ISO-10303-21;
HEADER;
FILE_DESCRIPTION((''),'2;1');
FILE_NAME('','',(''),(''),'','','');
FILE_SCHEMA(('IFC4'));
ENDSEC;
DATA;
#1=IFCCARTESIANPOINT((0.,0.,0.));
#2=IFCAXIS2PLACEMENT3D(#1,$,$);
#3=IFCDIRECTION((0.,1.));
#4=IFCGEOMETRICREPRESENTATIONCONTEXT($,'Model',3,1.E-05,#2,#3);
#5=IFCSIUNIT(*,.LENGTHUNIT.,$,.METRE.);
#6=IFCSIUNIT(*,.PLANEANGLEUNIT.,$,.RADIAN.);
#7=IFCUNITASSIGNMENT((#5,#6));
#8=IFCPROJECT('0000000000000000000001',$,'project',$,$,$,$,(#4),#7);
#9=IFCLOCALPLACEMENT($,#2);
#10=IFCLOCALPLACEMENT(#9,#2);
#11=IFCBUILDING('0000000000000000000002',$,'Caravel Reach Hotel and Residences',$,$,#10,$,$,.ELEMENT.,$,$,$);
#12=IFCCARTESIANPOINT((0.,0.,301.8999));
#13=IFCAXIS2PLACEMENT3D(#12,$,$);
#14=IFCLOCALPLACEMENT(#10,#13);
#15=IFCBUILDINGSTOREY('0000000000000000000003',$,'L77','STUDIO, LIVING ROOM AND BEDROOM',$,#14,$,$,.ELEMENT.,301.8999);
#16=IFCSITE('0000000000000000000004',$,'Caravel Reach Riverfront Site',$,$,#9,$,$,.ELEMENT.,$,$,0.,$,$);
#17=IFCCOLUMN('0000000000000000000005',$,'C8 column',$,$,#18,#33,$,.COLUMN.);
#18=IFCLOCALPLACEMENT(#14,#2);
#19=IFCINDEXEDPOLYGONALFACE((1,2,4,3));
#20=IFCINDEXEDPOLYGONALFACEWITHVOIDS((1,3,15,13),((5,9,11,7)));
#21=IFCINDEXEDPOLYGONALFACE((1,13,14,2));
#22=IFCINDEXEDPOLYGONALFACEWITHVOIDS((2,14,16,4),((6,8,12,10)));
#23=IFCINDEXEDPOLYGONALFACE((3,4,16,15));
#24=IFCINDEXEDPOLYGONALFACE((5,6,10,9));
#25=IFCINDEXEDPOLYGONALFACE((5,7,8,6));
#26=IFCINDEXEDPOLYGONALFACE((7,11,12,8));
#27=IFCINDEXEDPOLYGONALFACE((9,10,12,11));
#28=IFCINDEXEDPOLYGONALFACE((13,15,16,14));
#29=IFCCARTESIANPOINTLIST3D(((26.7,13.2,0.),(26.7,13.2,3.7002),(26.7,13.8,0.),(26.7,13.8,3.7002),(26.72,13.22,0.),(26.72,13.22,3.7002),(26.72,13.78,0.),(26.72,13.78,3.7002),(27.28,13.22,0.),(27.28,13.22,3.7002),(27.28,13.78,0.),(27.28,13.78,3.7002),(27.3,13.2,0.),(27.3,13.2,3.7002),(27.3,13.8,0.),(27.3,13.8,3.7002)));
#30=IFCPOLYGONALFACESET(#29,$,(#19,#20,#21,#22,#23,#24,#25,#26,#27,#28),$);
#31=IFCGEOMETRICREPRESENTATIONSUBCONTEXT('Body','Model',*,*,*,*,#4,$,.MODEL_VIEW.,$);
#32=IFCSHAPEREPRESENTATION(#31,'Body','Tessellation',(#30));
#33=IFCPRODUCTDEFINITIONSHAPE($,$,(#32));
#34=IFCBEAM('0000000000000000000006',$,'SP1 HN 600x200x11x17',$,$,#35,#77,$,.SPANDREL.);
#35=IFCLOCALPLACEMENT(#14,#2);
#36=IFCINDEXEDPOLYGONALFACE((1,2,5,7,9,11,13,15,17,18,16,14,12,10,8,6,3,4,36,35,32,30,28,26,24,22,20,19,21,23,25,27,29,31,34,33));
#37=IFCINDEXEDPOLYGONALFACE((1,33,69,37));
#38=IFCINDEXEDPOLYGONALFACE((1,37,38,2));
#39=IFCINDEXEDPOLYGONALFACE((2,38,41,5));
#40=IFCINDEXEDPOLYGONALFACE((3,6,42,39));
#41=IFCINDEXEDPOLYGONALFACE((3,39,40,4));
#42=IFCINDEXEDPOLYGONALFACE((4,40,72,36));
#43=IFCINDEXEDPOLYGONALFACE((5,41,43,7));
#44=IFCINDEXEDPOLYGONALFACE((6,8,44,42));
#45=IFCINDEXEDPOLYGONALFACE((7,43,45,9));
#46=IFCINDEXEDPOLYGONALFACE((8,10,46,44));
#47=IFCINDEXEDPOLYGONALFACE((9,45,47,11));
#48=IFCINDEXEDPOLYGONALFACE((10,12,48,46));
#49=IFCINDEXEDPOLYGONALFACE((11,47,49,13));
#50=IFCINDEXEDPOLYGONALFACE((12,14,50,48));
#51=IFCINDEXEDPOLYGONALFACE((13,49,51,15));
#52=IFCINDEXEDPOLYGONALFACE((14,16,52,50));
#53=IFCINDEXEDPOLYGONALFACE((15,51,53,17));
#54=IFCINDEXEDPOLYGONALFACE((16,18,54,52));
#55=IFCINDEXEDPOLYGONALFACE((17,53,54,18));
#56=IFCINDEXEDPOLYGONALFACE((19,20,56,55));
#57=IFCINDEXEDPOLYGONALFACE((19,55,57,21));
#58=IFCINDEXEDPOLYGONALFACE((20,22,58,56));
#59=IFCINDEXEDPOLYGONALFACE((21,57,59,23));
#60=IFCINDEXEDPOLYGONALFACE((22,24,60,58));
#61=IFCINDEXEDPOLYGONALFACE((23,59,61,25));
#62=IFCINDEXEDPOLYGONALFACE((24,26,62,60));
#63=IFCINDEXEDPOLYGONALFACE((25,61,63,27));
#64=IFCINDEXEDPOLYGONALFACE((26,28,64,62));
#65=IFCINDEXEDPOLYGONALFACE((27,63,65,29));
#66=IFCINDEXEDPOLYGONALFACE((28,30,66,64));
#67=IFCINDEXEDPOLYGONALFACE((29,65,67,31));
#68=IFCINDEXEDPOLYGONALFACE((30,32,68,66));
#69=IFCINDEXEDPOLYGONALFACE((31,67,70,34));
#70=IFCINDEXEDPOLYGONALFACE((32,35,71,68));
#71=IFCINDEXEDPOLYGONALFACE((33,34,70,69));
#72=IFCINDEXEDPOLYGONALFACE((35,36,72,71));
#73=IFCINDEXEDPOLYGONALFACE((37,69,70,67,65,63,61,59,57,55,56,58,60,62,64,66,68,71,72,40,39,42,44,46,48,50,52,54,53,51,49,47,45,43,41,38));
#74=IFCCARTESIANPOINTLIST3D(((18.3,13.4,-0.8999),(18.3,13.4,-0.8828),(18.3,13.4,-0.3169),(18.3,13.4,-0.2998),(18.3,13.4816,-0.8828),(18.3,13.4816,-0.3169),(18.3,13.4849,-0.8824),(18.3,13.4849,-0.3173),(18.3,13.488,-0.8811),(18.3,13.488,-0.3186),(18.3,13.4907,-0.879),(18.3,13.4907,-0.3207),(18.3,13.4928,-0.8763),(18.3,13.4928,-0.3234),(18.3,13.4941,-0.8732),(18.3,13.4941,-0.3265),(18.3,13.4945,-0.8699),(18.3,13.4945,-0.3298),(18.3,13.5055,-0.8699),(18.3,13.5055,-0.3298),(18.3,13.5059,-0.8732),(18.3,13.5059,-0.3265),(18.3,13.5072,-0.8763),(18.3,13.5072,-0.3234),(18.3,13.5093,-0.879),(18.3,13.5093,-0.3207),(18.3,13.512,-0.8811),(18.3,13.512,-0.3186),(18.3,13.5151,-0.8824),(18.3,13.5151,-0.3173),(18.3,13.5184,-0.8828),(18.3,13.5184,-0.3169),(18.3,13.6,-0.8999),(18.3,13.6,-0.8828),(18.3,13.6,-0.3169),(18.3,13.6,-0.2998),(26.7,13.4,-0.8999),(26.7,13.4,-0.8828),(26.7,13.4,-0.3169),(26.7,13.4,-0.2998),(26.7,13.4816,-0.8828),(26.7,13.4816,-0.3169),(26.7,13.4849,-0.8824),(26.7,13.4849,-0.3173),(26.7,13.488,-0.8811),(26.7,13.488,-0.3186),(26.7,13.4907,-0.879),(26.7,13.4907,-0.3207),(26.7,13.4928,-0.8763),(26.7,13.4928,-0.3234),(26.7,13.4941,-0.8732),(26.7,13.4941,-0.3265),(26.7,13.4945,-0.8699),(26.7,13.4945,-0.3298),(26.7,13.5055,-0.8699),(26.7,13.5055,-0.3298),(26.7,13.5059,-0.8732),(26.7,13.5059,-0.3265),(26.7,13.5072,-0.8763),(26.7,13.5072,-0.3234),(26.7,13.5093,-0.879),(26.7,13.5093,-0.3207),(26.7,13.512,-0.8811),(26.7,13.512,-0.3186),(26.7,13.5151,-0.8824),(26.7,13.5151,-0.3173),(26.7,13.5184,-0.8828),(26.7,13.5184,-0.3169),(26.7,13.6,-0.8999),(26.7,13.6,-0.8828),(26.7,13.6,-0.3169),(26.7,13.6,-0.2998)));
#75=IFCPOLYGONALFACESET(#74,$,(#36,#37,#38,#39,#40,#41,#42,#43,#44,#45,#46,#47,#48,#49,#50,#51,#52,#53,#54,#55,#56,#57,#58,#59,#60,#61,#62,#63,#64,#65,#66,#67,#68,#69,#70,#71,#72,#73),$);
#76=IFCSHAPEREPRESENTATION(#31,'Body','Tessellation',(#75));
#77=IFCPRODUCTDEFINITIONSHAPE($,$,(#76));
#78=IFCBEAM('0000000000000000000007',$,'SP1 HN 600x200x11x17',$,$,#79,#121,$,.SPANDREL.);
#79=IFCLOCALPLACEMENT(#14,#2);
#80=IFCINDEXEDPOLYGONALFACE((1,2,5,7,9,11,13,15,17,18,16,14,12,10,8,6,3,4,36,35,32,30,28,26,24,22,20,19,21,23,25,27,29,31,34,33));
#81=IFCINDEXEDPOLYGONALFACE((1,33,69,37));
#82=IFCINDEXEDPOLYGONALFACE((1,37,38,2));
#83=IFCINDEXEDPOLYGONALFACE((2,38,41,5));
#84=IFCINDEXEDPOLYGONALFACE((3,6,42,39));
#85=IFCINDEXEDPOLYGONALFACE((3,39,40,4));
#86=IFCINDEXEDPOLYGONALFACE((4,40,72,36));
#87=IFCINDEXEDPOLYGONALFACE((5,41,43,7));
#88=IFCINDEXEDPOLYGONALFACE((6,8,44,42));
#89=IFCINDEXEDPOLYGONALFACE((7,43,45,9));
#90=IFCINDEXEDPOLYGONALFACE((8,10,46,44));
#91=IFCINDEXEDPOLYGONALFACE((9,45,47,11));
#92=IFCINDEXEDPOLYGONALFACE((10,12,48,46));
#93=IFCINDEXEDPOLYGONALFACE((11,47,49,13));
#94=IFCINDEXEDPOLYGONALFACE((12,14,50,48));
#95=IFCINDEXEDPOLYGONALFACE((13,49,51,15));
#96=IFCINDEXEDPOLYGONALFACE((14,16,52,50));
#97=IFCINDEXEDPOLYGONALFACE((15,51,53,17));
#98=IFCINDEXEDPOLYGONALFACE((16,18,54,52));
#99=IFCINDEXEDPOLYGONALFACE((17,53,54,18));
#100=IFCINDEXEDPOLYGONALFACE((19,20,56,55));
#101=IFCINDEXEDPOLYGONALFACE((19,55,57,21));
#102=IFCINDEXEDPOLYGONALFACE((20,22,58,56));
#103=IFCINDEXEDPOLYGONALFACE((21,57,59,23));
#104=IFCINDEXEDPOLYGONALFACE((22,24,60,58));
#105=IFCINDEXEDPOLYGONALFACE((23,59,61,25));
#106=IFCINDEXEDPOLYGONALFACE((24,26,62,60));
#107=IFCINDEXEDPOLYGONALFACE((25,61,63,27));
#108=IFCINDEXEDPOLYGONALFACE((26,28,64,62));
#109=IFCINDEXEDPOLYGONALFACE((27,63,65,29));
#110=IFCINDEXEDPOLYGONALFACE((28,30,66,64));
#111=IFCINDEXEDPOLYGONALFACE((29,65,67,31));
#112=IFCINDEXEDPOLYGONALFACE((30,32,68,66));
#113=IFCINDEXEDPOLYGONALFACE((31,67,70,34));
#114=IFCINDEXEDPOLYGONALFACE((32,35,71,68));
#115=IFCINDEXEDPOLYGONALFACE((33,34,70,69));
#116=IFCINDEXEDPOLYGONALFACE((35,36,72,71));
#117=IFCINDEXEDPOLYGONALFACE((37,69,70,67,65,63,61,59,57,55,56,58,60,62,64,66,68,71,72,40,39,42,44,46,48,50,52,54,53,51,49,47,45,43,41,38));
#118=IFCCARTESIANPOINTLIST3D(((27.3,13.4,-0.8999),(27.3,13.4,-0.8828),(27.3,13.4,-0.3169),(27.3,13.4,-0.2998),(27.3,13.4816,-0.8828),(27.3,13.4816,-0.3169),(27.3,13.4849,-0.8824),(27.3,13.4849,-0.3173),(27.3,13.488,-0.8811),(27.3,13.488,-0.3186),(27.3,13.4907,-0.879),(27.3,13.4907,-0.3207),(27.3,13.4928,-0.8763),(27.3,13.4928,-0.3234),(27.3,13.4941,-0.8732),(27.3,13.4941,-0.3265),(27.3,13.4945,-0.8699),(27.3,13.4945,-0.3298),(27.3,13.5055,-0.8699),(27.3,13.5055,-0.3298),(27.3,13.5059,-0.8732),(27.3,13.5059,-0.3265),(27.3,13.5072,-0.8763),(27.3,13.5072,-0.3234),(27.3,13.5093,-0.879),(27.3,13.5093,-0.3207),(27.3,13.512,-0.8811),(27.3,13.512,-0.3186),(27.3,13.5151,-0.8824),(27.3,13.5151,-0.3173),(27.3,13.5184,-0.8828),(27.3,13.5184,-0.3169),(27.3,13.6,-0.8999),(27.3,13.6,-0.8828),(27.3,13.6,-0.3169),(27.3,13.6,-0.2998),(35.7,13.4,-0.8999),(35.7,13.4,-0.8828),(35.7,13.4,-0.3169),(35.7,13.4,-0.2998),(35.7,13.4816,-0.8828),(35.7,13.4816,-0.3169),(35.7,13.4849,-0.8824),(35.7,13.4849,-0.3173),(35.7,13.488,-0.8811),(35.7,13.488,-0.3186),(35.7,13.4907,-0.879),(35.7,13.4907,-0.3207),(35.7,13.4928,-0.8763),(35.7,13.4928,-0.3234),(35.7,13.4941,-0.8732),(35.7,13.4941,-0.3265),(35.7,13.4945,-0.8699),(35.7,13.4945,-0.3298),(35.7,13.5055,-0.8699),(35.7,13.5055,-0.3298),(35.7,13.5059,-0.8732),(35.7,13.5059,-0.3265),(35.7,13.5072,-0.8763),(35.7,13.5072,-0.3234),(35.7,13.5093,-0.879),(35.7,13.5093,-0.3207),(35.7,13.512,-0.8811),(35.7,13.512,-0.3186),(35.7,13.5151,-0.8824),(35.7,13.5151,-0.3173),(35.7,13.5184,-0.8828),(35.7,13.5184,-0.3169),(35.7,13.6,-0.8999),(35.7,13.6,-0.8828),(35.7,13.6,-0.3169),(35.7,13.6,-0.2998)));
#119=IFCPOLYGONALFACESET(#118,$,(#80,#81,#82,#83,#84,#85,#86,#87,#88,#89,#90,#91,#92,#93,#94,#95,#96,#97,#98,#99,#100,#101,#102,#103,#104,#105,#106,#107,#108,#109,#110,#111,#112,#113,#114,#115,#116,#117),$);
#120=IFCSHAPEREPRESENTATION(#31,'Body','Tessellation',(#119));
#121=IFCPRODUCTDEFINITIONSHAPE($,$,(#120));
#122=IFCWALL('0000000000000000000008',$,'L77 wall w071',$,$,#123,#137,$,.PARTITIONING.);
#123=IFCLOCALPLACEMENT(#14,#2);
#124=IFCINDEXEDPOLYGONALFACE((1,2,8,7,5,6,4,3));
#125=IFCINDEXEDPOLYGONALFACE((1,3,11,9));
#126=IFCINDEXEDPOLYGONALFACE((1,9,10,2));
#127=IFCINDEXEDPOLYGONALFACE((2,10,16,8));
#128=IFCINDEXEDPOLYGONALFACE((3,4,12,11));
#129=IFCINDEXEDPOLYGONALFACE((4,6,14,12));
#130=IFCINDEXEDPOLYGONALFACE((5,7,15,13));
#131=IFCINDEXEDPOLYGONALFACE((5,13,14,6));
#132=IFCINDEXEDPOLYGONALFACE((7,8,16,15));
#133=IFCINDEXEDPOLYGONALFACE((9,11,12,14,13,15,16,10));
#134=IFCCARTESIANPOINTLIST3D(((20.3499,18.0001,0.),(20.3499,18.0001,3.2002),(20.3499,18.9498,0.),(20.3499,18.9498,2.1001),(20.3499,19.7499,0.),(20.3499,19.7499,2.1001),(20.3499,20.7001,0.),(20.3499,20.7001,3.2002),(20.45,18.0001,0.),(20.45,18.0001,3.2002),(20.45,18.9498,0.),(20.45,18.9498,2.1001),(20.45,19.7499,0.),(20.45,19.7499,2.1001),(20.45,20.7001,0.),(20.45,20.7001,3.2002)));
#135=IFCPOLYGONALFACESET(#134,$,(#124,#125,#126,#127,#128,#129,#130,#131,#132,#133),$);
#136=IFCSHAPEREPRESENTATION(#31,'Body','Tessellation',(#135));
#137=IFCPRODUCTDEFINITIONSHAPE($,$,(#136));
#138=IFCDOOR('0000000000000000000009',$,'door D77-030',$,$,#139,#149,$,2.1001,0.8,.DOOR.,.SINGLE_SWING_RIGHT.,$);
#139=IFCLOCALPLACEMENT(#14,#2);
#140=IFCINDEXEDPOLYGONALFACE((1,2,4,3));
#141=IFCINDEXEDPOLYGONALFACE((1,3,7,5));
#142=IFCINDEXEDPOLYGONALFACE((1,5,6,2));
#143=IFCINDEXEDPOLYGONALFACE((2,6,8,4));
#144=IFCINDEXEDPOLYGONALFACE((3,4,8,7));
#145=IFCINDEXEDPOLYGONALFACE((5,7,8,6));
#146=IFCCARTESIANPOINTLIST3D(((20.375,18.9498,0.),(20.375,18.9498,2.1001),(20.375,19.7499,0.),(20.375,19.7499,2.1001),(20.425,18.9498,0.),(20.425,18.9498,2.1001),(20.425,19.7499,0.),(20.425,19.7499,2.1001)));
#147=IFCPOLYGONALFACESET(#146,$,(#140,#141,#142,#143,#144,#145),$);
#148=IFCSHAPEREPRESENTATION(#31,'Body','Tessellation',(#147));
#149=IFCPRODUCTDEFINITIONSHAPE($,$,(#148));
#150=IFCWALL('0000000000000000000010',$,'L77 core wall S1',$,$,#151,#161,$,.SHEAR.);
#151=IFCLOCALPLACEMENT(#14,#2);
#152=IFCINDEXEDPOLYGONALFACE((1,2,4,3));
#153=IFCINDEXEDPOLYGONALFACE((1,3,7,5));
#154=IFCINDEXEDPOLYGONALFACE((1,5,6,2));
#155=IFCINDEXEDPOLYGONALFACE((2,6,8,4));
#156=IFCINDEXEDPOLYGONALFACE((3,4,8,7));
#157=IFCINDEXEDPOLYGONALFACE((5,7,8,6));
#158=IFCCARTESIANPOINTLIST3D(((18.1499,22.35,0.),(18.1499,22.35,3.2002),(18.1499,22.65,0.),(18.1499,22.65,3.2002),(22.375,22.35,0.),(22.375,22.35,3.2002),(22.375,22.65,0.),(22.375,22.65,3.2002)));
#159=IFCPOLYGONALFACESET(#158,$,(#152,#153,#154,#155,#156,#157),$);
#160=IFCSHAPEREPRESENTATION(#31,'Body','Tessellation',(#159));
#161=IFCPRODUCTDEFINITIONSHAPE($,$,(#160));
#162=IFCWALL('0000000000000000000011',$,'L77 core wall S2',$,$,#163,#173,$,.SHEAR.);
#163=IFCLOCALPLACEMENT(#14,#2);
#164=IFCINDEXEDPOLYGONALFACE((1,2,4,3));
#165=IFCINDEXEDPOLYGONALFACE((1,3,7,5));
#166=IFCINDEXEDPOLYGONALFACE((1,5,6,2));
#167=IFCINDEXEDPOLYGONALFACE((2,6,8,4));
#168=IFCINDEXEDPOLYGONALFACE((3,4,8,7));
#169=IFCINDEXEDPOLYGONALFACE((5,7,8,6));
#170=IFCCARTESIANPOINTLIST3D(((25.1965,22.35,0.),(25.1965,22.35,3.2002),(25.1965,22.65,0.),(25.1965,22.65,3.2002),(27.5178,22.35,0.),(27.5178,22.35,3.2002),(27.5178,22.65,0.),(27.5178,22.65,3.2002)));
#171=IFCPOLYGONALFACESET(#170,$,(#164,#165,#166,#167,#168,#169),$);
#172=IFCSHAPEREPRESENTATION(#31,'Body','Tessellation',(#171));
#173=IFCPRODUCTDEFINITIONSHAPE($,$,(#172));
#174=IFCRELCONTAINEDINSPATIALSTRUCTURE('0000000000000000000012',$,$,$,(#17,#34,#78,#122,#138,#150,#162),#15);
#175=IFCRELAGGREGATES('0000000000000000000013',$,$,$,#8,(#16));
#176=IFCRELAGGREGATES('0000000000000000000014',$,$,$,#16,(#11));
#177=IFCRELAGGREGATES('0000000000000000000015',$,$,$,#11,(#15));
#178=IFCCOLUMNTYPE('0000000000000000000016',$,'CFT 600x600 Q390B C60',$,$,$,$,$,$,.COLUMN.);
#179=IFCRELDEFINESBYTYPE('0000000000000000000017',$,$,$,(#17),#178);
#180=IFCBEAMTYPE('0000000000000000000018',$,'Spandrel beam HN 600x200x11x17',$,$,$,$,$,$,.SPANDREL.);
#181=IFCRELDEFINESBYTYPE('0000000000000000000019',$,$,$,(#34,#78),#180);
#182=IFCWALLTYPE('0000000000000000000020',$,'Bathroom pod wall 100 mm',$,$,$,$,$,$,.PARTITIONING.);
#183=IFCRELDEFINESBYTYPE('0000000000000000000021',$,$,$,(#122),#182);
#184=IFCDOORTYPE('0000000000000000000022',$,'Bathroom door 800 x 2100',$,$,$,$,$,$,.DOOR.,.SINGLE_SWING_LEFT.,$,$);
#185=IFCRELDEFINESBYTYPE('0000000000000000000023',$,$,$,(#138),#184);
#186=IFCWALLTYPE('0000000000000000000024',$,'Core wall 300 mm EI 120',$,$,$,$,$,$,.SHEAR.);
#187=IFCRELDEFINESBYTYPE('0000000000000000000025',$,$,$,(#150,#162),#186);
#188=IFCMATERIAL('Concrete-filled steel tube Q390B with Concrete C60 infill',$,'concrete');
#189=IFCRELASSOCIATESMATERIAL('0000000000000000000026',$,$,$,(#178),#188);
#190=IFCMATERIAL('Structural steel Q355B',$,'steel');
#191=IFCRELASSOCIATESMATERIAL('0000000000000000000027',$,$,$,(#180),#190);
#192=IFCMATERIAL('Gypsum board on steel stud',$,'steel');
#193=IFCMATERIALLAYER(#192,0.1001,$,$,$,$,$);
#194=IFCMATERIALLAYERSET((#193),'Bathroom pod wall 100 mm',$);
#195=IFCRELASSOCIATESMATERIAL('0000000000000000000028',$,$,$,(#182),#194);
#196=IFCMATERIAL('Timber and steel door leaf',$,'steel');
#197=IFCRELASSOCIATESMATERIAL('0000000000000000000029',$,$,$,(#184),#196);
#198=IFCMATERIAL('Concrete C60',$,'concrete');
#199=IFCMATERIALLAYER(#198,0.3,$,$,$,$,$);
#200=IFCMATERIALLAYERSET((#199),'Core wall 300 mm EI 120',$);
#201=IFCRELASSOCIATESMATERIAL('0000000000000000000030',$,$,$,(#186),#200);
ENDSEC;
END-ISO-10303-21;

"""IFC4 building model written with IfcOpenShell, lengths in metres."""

from ifc_helpers import new_model, si_unit, direction, frame, frame_2d, origin, origin_2d, place, context, subcontext, project, spatial, rectangle, hollow_rectangle, i_section, extrude, material, layer, layer_set, material_profile, profile_set, type_object, element, fill, save


model = new_model("IFC4")

# Units and contexts
model_context = context("Model", 3, precision=1e-05, world=origin(), true_north=direction((0.0, 1.0)))
body_context = subcontext(model_context, "Body", "Model", "MODEL_VIEW")
ifc_project = project(units=[si_unit("LENGTHUNIT", "METRE"), si_unit("PLANEANGLEUNIT", "RADIAN")], contexts=[model_context])

# Site, building, storey
site_placement = place(None, origin())
site = spatial("IfcSite", under=ifc_project, at=site_placement, Name="Caravel Reach Riverfront Site", CompositionType="ELEMENT", RefElevation=0.0)
building_placement = place(site_placement, origin())
building = spatial("IfcBuilding", under=site, at=building_placement, Name="Caravel Reach Hotel and Residences", CompositionType="ELEMENT")
storey_placement = place(building_placement, frame((0.0, 0.0, 301.8999)))
storey = spatial("IfcBuildingStorey", under=building, at=storey_placement, Name="L77", Description="STUDIO, LIVING ROOM AND BEDROOM", CompositionType="ELEMENT", Elevation=301.8999)

# Column
ifc_material_1 = material(Name="Concrete-filled steel tube Q390B with Concrete C60 infill", Category="concrete")
ifc_material_profile_1 = material_profile(ifc_material_1, hollow_rectangle(XDim=0.6001, YDim=0.6001, WallThickness=0.02, at=origin_2d()), Name="RHS 600x600x20")
ifc_profile_set_1 = profile_set([ifc_material_profile_1], Name="Concrete-filled steel tube Q390B with Concrete C60 infill")
column_type = type_object("IfcColumnType", Name="CFT 600x600 Q390B C60", PredefinedType="COLUMN", material=ifc_profile_set_1)
column_placement = place(storey_placement, frame((27.0, 13.5, 0.0), z_axis=(0.0, 0.0, 1.0), x_axis=(1.0, 0.0, 0.0)))
element("IfcColumn", 1, at=column_placement, inside=storey, type_object=column_type, Name="C8 column", PredefinedType="COLUMN", context=body_context, shape_type="SweptSolid", body=[
    extrude(hollow_rectangle(XDim=0.6001, YDim=0.6001, WallThickness=0.02, at=origin_2d()), origin(), (0.0, 0.0, 1.0), 3.7002),
])

# Beams
ifc_material_2 = material(Name="Structural steel Q355B", Category="steel")
ifc_material_profile_2 = material_profile(ifc_material_2, i_section(OverallWidth=0.2, OverallDepth=0.6001, WebThickness=0.011, FlangeThickness=0.0171, FilletRadius=0.0129, at=origin_2d()), Name="HN 600x200x11x17")
ifc_profile_set_2 = profile_set([ifc_material_profile_2], Name="Structural steel Q355B")
beam_type = type_object("IfcBeamType", Name="Spandrel beam HN 600x200x11x17", PredefinedType="SPANDREL", material=ifc_profile_set_2)
for number, where, z_axis, x_axis, name in (
    (2, (18.3, 13.5, -0.5999), (1.0, 0.0, 0.0), (0.0, 1.0, 0.0), "SP1 HN 600x200x11x17"),
    (3, (27.3, 13.5, -0.5999), (1.0, 0.0, 0.0), (0.0, 1.0, 0.0), "SP1 HN 600x200x11x17"),
):
    element("IfcBeam", number, at=place(storey_placement, frame(where, z_axis=z_axis, x_axis=x_axis)), inside=storey, type_object=beam_type, Name=name, PredefinedType="SPANDREL", context=body_context, shape_type="SweptSolid", body=[
        extrude(i_section(OverallWidth=0.2, OverallDepth=0.6001, WebThickness=0.011, FlangeThickness=0.0171, FilletRadius=0.0129, at=origin_2d()), origin(), (0.0, 0.0, 1.0), 8.3999),
    ])

# Wall, opening, door
ifc_material_3 = material(Name="Gypsum board on steel stud", Category="steel")
ifc_layer_1 = layer(ifc_material_3, 0.1001)
ifc_layer_set_1 = layer_set([ifc_layer_1], Name="Bathroom pod wall 100 mm")
wall_type_1 = type_object("IfcWallType", Name="Bathroom pod wall 100 mm", PredefinedType="PARTITIONING", material=ifc_layer_set_1)
wall_1_placement = place(storey_placement, frame((20.3999, 18.0, 0.0), z_axis=(0.0, 0.0, 1.0), x_axis=(0.0, 1.0, 0.0)))
wall_1 = element("IfcWall", 4, at=wall_1_placement, inside=storey, type_object=wall_type_1, Name="L77 wall w071", PredefinedType="PARTITIONING", context=body_context, shape_type="SweptSolid", body=[
    extrude(rectangle(XDim=2.7, YDim=0.1001, at=frame_2d((1.3501, 0.0))), origin(), (0.0, 0.0, 1.0), 3.2002),
])
opening_1_placement = place(wall_1_placement, frame((0.95, 0.0, 0.0)))
opening_1 = element("IfcOpeningElement", 5, at=opening_1_placement, cuts=wall_1, PredefinedType="OPENING", context=body_context, shape_type="SweptSolid", body=[
    extrude(rectangle(XDim=0.8, YDim=2.1001, at=frame_2d((0.3999, 1.05))), frame((0.0, 0.0601, 0.0), z_axis=(0.0, -1.0, 0.0), x_axis=(1.0, 0.0, 0.0)), (0.0, 0.0, 1.0), 0.1201),
])
ifc_material_4 = material(Name="Timber and steel door leaf", Category="steel")
door_type_1 = type_object("IfcDoorType", Name="Bathroom door 800 x 2100", OperationType="SINGLE_SWING_LEFT", PredefinedType="DOOR", material=ifc_material_4)
door_1_placement = place(opening_1_placement, origin())
door_1 = element("IfcDoor", 6, at=door_1_placement, inside=storey, type_object=door_type_1, Name="door D77-030", OperationType="SINGLE_SWING_RIGHT", OverallHeight=2.1001, OverallWidth=0.8, PredefinedType="DOOR", context=body_context, shape_type="SweptSolid", body=[
    extrude(rectangle(XDim=0.8, YDim=2.1001, at=frame_2d((0.3999, 1.05))), frame((0.0, 0.0249, 0.0), z_axis=(0.0, -1.0, 0.0), x_axis=(1.0, 0.0, 0.0)), (0.0, 0.0, 1.0), 0.05),
])
fill(opening_1, door_1)

# Walls
ifc_material_5 = material(Name="Concrete C60", Category="concrete")
ifc_layer_2 = layer(ifc_material_5, 0.3)
ifc_layer_set_2 = layer_set([ifc_layer_2], Name="Core wall 300 mm EI 120")
wall_type_2 = type_object("IfcWallType", Name="Core wall 300 mm EI 120", PredefinedType="SHEAR", material=ifc_layer_set_2)
wall_2_placement = place(storey_placement, frame((18.1499, 22.5, 0.0), z_axis=(0.0, 0.0, 1.0), x_axis=(1.0, 0.0, 0.0)))
element("IfcWall", 7, at=wall_2_placement, inside=storey, type_object=wall_type_2, Name="L77 core wall S1", PredefinedType="SHEAR", context=body_context, shape_type="SweptSolid", body=[
    extrude(rectangle(XDim=4.2251, YDim=0.3, at=frame_2d((2.1125, 0.0))), origin(), (0.0, 0.0, 1.0), 3.2002),
])
wall_3_placement = place(storey_placement, frame((25.1965, 22.5, 0.0), z_axis=(0.0, 0.0, 1.0), x_axis=(1.0, 0.0, 0.0)))
element("IfcWall", 8, at=wall_3_placement, inside=storey, type_object=wall_type_2, Name="L77 core wall S2", PredefinedType="SHEAR", context=body_context, shape_type="SweptSolid", body=[
    extrude(rectangle(XDim=2.3213, YDim=0.3, at=frame_2d((1.1606, 0.0))), origin(), (0.0, 0.0, 1.0), 3.2002),
])

save(model, "model.ifc")
